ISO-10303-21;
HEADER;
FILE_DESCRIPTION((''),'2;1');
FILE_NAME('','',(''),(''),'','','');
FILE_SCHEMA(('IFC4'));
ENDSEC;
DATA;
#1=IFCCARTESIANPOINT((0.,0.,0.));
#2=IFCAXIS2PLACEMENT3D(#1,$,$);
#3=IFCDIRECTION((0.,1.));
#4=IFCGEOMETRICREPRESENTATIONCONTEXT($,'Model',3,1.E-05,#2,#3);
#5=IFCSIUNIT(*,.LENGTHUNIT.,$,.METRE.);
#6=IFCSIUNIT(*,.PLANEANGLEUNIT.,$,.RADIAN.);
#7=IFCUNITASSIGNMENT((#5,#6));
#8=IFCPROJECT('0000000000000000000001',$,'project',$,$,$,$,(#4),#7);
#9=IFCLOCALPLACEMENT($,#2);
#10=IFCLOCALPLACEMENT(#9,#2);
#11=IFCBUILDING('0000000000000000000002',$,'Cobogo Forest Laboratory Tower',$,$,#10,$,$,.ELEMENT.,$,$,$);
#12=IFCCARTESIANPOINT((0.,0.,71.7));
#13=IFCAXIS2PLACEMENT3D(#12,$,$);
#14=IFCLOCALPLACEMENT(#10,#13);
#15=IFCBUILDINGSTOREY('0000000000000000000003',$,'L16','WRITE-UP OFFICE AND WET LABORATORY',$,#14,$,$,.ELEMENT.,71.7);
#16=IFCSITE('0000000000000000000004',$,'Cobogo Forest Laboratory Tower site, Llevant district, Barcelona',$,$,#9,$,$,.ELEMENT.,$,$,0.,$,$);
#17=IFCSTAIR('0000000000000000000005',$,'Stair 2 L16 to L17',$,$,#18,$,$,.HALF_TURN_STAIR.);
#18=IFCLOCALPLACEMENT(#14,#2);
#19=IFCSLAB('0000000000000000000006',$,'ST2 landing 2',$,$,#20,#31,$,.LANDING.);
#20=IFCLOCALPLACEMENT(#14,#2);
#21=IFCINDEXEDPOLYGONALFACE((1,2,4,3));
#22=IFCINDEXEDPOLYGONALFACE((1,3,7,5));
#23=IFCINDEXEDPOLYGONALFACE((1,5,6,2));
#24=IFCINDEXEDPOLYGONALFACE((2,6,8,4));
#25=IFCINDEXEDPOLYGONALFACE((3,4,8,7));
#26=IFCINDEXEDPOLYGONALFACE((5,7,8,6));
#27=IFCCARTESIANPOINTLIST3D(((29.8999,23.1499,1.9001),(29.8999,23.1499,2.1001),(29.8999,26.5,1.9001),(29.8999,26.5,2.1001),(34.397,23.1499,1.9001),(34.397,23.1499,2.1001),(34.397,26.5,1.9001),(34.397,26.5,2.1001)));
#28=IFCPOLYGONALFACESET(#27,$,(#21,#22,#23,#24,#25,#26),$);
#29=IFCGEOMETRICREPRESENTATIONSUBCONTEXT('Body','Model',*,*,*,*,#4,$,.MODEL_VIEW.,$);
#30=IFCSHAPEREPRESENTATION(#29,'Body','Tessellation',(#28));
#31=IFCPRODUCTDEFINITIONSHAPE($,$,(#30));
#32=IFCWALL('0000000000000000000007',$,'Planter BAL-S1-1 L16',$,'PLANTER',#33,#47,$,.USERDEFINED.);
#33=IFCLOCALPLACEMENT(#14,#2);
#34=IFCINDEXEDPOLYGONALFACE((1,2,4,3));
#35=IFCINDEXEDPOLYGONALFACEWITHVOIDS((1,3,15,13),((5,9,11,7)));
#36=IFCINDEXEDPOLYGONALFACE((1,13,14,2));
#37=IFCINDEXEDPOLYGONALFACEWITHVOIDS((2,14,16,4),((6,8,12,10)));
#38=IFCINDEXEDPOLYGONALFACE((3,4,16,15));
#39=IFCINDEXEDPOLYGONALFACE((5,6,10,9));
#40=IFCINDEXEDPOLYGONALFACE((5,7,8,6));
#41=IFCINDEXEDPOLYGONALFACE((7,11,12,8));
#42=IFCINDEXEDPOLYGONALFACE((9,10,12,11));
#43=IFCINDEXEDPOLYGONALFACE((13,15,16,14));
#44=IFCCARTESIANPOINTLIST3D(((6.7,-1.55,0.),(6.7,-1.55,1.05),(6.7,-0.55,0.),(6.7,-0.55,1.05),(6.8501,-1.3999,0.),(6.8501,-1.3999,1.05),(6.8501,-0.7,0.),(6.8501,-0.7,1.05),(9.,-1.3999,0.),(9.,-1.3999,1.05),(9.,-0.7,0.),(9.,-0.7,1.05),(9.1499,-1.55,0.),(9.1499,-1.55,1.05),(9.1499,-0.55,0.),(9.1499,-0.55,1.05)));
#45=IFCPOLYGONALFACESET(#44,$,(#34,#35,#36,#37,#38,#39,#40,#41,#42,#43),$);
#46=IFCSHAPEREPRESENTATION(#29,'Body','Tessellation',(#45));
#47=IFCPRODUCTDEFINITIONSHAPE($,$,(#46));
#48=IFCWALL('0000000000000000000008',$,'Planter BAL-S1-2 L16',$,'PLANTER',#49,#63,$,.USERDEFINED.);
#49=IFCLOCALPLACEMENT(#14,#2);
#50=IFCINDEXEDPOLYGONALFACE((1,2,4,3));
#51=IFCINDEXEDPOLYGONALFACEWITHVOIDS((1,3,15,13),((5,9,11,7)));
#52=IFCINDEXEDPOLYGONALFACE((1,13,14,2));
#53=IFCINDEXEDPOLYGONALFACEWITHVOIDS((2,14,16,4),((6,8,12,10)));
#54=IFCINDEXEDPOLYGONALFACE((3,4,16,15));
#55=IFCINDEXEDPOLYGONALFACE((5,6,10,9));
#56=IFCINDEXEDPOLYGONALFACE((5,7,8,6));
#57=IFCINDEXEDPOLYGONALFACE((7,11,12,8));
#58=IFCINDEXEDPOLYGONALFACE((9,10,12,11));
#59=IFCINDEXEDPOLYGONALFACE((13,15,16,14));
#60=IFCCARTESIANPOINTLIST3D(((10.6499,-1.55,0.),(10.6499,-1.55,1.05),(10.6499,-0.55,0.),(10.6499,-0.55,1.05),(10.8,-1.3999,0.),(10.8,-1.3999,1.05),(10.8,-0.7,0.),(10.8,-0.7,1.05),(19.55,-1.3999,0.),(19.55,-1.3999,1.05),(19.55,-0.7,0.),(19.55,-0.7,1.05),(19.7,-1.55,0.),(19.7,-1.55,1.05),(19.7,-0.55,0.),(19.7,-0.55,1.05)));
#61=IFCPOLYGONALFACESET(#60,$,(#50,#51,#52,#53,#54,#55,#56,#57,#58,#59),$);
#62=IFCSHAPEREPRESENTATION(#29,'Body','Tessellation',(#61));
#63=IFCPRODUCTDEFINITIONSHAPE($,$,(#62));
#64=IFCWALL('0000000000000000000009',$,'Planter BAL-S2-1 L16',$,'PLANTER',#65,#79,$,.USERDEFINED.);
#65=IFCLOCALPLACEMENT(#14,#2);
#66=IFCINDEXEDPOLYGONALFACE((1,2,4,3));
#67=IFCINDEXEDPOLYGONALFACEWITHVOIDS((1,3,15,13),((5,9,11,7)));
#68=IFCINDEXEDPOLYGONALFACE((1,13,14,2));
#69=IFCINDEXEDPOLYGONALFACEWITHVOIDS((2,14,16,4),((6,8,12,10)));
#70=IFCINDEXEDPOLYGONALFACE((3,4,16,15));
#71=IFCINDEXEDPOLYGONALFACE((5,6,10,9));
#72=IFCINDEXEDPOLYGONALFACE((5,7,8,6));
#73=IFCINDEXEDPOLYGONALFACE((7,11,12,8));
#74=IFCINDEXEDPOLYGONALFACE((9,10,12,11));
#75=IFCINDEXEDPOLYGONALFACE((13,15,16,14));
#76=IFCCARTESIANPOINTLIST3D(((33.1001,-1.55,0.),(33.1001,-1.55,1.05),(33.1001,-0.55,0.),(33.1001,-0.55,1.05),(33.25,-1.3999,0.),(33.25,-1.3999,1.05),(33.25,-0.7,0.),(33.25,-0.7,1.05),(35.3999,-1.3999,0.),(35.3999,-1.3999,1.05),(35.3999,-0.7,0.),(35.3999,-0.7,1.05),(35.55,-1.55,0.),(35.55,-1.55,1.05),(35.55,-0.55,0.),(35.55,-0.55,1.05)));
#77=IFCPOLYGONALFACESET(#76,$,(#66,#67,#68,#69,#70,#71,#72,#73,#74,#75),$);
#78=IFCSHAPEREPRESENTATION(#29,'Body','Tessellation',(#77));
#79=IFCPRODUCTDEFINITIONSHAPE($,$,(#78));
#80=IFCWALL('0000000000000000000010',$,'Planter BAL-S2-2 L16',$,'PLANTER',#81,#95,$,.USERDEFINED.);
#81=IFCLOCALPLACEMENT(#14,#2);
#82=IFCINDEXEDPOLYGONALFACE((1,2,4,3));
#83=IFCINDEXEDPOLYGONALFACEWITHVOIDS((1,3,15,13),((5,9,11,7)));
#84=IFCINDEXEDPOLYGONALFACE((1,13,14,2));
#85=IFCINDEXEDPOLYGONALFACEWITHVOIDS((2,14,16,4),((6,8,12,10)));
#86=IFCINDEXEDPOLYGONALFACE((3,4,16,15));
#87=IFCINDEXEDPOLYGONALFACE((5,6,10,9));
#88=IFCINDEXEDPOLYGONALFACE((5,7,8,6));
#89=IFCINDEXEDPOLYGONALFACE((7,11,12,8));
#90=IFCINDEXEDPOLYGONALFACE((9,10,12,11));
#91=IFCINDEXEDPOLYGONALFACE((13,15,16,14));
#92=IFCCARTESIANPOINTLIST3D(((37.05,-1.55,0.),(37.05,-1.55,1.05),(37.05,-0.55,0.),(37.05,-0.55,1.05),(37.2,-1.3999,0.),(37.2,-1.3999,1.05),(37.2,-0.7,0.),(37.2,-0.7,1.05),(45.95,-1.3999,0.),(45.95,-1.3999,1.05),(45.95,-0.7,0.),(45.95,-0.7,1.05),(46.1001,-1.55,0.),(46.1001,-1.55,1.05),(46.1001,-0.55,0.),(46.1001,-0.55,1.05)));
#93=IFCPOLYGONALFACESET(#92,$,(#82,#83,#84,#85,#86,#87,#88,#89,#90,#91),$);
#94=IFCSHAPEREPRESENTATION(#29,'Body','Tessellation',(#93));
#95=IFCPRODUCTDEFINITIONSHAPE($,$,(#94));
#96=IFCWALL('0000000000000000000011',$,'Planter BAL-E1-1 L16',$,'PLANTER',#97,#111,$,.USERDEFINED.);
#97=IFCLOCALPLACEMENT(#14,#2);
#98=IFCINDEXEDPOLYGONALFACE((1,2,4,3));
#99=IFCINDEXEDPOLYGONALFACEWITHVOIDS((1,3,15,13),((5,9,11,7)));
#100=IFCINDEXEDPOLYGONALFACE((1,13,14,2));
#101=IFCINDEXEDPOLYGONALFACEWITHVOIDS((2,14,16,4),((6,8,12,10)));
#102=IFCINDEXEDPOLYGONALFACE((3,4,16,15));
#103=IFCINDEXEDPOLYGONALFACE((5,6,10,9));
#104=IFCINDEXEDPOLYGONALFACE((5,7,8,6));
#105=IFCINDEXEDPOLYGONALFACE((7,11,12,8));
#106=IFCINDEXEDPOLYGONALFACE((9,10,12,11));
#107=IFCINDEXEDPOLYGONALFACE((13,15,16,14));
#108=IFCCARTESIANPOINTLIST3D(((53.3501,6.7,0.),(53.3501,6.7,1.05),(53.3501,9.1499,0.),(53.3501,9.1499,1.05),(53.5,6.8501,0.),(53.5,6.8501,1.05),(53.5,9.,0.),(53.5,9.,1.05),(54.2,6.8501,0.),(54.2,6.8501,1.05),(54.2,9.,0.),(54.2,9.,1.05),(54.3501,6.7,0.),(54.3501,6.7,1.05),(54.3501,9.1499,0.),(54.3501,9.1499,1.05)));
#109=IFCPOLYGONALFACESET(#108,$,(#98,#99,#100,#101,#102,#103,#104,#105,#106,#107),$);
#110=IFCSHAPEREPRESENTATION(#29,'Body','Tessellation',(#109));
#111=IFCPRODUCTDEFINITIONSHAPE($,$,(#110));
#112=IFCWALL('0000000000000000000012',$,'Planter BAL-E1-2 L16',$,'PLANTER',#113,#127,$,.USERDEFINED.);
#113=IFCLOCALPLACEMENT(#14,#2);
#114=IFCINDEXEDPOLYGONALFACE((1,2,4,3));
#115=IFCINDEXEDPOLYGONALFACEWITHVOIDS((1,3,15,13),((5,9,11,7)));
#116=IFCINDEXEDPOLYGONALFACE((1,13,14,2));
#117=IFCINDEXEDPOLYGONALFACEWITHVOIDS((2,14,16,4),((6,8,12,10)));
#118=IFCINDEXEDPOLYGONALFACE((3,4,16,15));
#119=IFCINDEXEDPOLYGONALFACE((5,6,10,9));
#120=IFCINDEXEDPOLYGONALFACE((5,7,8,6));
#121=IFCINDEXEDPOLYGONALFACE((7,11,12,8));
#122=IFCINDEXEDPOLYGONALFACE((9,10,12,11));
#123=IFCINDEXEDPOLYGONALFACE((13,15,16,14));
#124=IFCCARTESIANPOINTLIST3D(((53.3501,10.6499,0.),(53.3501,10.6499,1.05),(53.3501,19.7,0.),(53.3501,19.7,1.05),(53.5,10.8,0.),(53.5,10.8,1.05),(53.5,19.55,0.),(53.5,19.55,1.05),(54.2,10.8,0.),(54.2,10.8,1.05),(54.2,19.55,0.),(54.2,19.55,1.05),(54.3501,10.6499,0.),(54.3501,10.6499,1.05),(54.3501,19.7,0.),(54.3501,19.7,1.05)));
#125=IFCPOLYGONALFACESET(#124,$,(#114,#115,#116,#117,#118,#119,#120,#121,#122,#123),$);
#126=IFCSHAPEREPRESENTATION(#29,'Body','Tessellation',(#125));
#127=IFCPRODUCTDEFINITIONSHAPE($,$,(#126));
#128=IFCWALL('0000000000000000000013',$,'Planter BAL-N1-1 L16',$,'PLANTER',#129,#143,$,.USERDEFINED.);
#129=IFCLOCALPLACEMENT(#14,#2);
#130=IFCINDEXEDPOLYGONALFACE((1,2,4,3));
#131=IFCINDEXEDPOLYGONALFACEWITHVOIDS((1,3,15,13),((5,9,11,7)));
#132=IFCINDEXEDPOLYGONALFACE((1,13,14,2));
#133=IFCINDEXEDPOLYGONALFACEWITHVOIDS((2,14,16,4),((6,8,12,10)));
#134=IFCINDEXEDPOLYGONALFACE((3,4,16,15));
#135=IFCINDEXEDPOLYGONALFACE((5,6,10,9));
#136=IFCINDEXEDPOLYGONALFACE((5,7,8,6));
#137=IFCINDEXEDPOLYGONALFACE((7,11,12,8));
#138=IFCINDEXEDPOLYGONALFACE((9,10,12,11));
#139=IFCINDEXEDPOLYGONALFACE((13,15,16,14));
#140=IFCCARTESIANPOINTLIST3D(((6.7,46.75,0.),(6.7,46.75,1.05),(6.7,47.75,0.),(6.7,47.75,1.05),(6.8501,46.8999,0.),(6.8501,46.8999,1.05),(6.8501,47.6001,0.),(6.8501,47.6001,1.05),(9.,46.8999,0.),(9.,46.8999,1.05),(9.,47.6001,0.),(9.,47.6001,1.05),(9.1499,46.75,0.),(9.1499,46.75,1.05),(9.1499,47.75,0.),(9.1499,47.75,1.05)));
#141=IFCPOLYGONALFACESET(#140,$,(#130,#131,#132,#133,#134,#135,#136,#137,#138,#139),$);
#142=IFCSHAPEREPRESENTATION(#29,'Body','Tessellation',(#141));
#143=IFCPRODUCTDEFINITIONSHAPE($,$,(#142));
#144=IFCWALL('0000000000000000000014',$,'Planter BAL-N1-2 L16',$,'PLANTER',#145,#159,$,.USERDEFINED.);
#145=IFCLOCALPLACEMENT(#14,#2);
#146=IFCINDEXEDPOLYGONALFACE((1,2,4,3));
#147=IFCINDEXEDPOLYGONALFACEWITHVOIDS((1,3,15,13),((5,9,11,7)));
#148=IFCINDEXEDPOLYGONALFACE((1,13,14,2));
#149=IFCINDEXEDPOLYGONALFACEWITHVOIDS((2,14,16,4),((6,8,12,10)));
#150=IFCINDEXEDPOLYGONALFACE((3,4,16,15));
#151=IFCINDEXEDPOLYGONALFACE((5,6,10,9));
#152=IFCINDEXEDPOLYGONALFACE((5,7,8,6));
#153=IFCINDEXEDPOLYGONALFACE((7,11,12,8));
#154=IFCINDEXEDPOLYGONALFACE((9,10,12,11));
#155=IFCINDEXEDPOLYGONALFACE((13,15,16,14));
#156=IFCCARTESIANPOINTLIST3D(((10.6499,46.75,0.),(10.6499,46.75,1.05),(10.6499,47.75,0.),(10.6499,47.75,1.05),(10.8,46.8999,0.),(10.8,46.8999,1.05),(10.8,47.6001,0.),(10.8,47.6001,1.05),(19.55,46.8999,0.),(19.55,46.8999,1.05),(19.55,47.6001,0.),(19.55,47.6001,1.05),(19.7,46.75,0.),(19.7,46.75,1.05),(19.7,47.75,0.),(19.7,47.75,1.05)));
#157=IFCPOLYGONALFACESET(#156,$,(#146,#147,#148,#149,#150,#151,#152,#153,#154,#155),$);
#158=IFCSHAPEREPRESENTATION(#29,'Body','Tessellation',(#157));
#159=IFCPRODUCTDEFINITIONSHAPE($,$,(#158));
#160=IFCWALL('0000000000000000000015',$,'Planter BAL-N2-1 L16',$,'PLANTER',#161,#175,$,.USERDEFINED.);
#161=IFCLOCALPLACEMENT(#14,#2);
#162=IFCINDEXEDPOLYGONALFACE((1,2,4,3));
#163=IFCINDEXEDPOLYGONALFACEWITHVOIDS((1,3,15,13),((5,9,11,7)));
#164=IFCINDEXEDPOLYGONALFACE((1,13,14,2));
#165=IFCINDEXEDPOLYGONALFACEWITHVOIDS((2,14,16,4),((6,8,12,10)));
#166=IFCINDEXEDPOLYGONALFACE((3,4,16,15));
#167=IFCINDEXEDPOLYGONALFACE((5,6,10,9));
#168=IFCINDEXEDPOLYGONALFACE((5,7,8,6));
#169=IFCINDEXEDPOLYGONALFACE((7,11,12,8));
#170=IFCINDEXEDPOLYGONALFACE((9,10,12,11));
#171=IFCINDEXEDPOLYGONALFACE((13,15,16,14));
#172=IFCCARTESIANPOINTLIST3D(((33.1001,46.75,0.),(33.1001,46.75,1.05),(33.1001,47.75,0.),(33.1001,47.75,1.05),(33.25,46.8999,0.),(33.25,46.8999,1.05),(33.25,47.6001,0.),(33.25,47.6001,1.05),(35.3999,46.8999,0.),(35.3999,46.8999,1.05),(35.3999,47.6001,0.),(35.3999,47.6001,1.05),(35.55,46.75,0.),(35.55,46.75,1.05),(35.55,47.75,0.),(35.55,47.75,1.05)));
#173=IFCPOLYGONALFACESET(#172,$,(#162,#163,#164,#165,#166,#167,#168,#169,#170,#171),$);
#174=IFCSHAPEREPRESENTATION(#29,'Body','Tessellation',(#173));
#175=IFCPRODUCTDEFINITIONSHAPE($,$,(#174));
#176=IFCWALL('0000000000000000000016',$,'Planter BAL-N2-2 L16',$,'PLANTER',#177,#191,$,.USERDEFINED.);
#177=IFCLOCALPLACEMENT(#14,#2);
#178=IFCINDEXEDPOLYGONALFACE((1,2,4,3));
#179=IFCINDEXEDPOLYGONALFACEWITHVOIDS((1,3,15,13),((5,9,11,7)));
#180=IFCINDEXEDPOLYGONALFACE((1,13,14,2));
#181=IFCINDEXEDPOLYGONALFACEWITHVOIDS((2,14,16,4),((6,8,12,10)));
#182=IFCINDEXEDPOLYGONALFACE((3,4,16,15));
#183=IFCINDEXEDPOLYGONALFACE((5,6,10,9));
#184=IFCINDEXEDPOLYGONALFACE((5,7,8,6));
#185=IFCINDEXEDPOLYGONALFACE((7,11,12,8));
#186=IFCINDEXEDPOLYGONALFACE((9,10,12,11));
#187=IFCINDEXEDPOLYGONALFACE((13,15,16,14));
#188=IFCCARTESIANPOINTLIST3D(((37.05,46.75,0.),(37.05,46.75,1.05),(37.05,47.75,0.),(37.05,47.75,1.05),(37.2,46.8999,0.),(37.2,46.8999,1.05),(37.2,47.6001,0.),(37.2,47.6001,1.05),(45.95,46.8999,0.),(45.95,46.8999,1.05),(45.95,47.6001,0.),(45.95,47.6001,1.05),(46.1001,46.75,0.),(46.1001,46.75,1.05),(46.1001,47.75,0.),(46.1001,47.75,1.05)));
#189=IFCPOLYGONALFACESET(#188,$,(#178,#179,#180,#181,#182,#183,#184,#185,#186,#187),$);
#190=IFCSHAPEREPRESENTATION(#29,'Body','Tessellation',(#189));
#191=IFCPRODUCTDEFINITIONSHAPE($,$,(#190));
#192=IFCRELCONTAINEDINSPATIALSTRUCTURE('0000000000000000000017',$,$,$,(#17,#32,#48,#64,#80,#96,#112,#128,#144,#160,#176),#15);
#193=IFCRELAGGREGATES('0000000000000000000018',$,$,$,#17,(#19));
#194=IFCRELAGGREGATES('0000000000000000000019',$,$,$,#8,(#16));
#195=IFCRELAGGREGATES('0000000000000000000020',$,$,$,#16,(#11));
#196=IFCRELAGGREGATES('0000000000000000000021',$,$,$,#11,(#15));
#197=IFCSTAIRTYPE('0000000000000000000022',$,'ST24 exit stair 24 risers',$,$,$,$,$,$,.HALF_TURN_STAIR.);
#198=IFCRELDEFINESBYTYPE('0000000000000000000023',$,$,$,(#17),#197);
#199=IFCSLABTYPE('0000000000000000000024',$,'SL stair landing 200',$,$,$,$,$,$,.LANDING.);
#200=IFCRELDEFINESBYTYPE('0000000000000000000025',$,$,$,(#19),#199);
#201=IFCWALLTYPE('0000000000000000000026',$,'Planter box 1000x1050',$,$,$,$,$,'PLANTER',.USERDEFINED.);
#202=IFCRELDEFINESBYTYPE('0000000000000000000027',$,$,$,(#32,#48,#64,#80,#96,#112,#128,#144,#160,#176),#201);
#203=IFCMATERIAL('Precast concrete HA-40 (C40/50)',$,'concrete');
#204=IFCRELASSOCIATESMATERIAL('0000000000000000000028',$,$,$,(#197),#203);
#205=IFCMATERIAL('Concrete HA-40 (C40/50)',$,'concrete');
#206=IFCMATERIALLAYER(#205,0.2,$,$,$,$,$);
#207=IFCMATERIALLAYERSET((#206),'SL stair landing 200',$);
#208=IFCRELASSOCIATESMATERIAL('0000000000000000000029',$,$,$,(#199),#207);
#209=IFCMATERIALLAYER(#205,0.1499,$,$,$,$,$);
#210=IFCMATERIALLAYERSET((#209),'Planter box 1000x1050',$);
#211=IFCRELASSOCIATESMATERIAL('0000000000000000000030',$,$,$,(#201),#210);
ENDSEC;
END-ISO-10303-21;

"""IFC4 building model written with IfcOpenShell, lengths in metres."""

from ifc_helpers import new_model, si_unit, direction, frame, origin, place, context, subcontext, project, spatial, polyline, outline, extrude, material, layer, layer_set, type_object, element, aggregate, save


model = new_model("IFC4")

# Units and contexts
model_context = context("Model", 3, precision=1e-05, world=origin(), true_north=direction((0.0, 1.0)))
body_context = subcontext(model_context, "Body", "Model", "MODEL_VIEW")
ifc_project = project(units=[si_unit("LENGTHUNIT", "METRE"), si_unit("PLANEANGLEUNIT", "RADIAN")], contexts=[model_context])

# Site, building, storey
site_placement = place(None, origin())
site = spatial("IfcSite", under=ifc_project, at=site_placement, Name="Cobogo Forest Laboratory Tower site, Llevant district, Barcelona", CompositionType="ELEMENT", RefElevation=0.0)
building_placement = place(site_placement, origin())
building = spatial("IfcBuilding", under=site, at=building_placement, Name="Cobogo Forest Laboratory Tower", CompositionType="ELEMENT")
storey_placement = place(building_placement, frame((0.0, 0.0, 71.7)))
storey = spatial("IfcBuildingStorey", under=building, at=storey_placement, Name="L16", Description="WRITE-UP OFFICE AND WET LABORATORY", CompositionType="ELEMENT", Elevation=71.7)

# Shared definitions
ifc_material_1 = material(Name="Concrete HA-40 (C40/50)", Category="concrete")

# Stair, slab
ifc_material_2 = material(Name="Precast concrete HA-40 (C40/50)", Category="concrete")
stair_type = type_object("IfcStairType", Name="ST24 exit stair 24 risers", PredefinedType="HALF_TURN_STAIR", material=ifc_material_2)
ifc_layer_1 = layer(ifc_material_1, 0.2)
ifc_layer_set_1 = layer_set([ifc_layer_1], Name="SL stair landing 200")
slab_type_1 = type_object("IfcSlabType", Name="SL stair landing 200", PredefinedType="LANDING", material=ifc_layer_set_1)
stair_1_placement = place(storey_placement, origin())
stair_1 = element("IfcStair", 1, at=stair_1_placement, inside=storey, type_object=stair_type, Name="Stair 2 L16 to L17", PredefinedType="HALF_TURN_STAIR")
slab_1_placement = place(storey_placement, frame((0.0, 0.0, 1.9001)))
slab_1 = element("IfcSlab", 2, at=slab_1_placement, type_object=slab_type_1, Name="ST2 landing 2", PredefinedType="LANDING", context=body_context, shape_type="SweptSolid", body=[
    extrude(outline(polyline([(29.8999, 23.1499), (34.397, 23.1499), (34.397, 26.5), (29.8999, 26.5), (29.8999, 23.1499)])), origin(), (0.0, 0.0, 1.0), 0.2),
])
aggregate(stair_1, [slab_1])

# Walls
ifc_layer_2 = layer(ifc_material_1, 0.1499)
ifc_layer_set_2 = layer_set([ifc_layer_2], Name="Planter box 1000x1050")
wall_type = type_object("IfcWallType", Name="Planter box 1000x1050", ElementType="PLANTER", PredefinedType="USERDEFINED", material=ifc_layer_set_2)
wall_1_placement = place(storey_placement, origin())
element("IfcWall", 3, at=wall_1_placement, inside=storey, type_object=wall_type, Name="Planter BAL-S1-1 L16", ObjectType="PLANTER", PredefinedType="USERDEFINED", context=body_context, shape_type="SweptSolid", body=[
    extrude(outline(polyline([(6.7, -1.55), (9.1499, -1.55), (9.1499, -0.55), (6.7, -0.55), (6.7, -1.55)]), holes=[polyline([(6.8501, -1.3999), (9.0, -1.3999), (9.0, -0.7), (6.8501, -0.7), (6.8501, -1.3999)])]), origin(), (0.0, 0.0, 1.0), 1.05),
])
wall_2_placement = place(storey_placement, origin())
element("IfcWall", 4, at=wall_2_placement, inside=storey, type_object=wall_type, Name="Planter BAL-S1-2 L16", ObjectType="PLANTER", PredefinedType="USERDEFINED", context=body_context, shape_type="SweptSolid", body=[
    extrude(outline(polyline([(10.6499, -1.55), (19.7, -1.55), (19.7, -0.55), (10.6499, -0.55), (10.6499, -1.55)]), holes=[polyline([(10.8, -1.3999), (19.55, -1.3999), (19.55, -0.7), (10.8, -0.7), (10.8, -1.3999)])]), origin(), (0.0, 0.0, 1.0), 1.05),
])
wall_3_placement = place(storey_placement, origin())
element("IfcWall", 5, at=wall_3_placement, inside=storey, type_object=wall_type, Name="Planter BAL-S2-1 L16", ObjectType="PLANTER", PredefinedType="USERDEFINED", context=body_context, shape_type="SweptSolid", body=[
    extrude(outline(polyline([(33.1001, -1.55), (35.55, -1.55), (35.55, -0.55), (33.1001, -0.55), (33.1001, -1.55)]), holes=[polyline([(33.25, -1.3999), (35.3999, -1.3999), (35.3999, -0.7), (33.25, -0.7), (33.25, -1.3999)])]), origin(), (0.0, 0.0, 1.0), 1.05),
])
wall_4_placement = place(storey_placement, origin())
element("IfcWall", 6, at=wall_4_placement, inside=storey, type_object=wall_type, Name="Planter BAL-S2-2 L16", ObjectType="PLANTER", PredefinedType="USERDEFINED", context=body_context, shape_type="SweptSolid", body=[
    extrude(outline(polyline([(37.05, -1.55), (46.1001, -1.55), (46.1001, -0.55), (37.05, -0.55), (37.05, -1.55)]), holes=[polyline([(37.2, -1.3999), (45.95, -1.3999), (45.95, -0.7), (37.2, -0.7), (37.2, -1.3999)])]), origin(), (0.0, 0.0, 1.0), 1.05),
])
wall_5_placement = place(storey_placement, origin())
element("IfcWall", 7, at=wall_5_placement, inside=storey, type_object=wall_type, Name="Planter BAL-E1-1 L16", ObjectType="PLANTER", PredefinedType="USERDEFINED", context=body_context, shape_type="SweptSolid", body=[
    extrude(outline(polyline([(53.3501, 6.7), (54.3501, 6.7), (54.3501, 9.1499), (53.3501, 9.1499), (53.3501, 6.7)]), holes=[polyline([(53.5, 6.8501), (54.2, 6.8501), (54.2, 9.0), (53.5, 9.0), (53.5, 6.8501)])]), origin(), (0.0, 0.0, 1.0), 1.05),
])
wall_6_placement = place(storey_placement, origin())
element("IfcWall", 8, at=wall_6_placement, inside=storey, type_object=wall_type, Name="Planter BAL-E1-2 L16", ObjectType="PLANTER", PredefinedType="USERDEFINED", context=body_context, shape_type="SweptSolid", body=[
    extrude(outline(polyline([(53.3501, 10.6499), (54.3501, 10.6499), (54.3501, 19.7), (53.3501, 19.7), (53.3501, 10.6499)]), holes=[polyline([(53.5, 10.8), (54.2, 10.8), (54.2, 19.55), (53.5, 19.55), (53.5, 10.8)])]), origin(), (0.0, 0.0, 1.0), 1.05),
])
wall_7_placement = place(storey_placement, origin())
element("IfcWall", 9, at=wall_7_placement, inside=storey, type_object=wall_type, Name="Planter BAL-N1-1 L16", ObjectType="PLANTER", PredefinedType="USERDEFINED", context=body_context, shape_type="SweptSolid", body=[
    extrude(outline(polyline([(6.7, 46.75), (9.1499, 46.75), (9.1499, 47.75), (6.7, 47.75), (6.7, 46.75)]), holes=[polyline([(6.8501, 46.8999), (9.0, 46.8999), (9.0, 47.6001), (6.8501, 47.6001), (6.8501, 46.8999)])]), origin(), (0.0, 0.0, 1.0), 1.05),
])
wall_8_placement = place(storey_placement, origin())
element("IfcWall", 10, at=wall_8_placement, inside=storey, type_object=wall_type, Name="Planter BAL-N1-2 L16", ObjectType="PLANTER", PredefinedType="USERDEFINED", context=body_context, shape_type="SweptSolid", body=[
    extrude(outline(polyline([(10.6499, 46.75), (19.7, 46.75), (19.7, 47.75), (10.6499, 47.75), (10.6499, 46.75)]), holes=[polyline([(10.8, 46.8999), (19.55, 46.8999), (19.55, 47.6001), (10.8, 47.6001), (10.8, 46.8999)])]), origin(), (0.0, 0.0, 1.0), 1.05),
])
wall_9_placement = place(storey_placement, origin())
element("IfcWall", 11, at=wall_9_placement, inside=storey, type_object=wall_type, Name="Planter BAL-N2-1 L16", ObjectType="PLANTER", PredefinedType="USERDEFINED", context=body_context, shape_type="SweptSolid", body=[
    extrude(outline(polyline([(33.1001, 46.75), (35.55, 46.75), (35.55, 47.75), (33.1001, 47.75), (33.1001, 46.75)]), holes=[polyline([(33.25, 46.8999), (35.3999, 46.8999), (35.3999, 47.6001), (33.25, 47.6001), (33.25, 46.8999)])]), origin(), (0.0, 0.0, 1.0), 1.05),
])
wall_10_placement = place(storey_placement, origin())
element("IfcWall", 12, at=wall_10_placement, inside=storey, type_object=wall_type, Name="Planter BAL-N2-2 L16", ObjectType="PLANTER", PredefinedType="USERDEFINED", context=body_context, shape_type="SweptSolid", body=[
    extrude(outline(polyline([(37.05, 46.75), (46.1001, 46.75), (46.1001, 47.75), (37.05, 47.75), (37.05, 46.75)]), holes=[polyline([(37.2, 46.8999), (45.95, 46.8999), (45.95, 47.6001), (37.2, 47.6001), (37.2, 46.8999)])]), origin(), (0.0, 0.0, 1.0), 1.05),
])

save(model, "model.ifc")
